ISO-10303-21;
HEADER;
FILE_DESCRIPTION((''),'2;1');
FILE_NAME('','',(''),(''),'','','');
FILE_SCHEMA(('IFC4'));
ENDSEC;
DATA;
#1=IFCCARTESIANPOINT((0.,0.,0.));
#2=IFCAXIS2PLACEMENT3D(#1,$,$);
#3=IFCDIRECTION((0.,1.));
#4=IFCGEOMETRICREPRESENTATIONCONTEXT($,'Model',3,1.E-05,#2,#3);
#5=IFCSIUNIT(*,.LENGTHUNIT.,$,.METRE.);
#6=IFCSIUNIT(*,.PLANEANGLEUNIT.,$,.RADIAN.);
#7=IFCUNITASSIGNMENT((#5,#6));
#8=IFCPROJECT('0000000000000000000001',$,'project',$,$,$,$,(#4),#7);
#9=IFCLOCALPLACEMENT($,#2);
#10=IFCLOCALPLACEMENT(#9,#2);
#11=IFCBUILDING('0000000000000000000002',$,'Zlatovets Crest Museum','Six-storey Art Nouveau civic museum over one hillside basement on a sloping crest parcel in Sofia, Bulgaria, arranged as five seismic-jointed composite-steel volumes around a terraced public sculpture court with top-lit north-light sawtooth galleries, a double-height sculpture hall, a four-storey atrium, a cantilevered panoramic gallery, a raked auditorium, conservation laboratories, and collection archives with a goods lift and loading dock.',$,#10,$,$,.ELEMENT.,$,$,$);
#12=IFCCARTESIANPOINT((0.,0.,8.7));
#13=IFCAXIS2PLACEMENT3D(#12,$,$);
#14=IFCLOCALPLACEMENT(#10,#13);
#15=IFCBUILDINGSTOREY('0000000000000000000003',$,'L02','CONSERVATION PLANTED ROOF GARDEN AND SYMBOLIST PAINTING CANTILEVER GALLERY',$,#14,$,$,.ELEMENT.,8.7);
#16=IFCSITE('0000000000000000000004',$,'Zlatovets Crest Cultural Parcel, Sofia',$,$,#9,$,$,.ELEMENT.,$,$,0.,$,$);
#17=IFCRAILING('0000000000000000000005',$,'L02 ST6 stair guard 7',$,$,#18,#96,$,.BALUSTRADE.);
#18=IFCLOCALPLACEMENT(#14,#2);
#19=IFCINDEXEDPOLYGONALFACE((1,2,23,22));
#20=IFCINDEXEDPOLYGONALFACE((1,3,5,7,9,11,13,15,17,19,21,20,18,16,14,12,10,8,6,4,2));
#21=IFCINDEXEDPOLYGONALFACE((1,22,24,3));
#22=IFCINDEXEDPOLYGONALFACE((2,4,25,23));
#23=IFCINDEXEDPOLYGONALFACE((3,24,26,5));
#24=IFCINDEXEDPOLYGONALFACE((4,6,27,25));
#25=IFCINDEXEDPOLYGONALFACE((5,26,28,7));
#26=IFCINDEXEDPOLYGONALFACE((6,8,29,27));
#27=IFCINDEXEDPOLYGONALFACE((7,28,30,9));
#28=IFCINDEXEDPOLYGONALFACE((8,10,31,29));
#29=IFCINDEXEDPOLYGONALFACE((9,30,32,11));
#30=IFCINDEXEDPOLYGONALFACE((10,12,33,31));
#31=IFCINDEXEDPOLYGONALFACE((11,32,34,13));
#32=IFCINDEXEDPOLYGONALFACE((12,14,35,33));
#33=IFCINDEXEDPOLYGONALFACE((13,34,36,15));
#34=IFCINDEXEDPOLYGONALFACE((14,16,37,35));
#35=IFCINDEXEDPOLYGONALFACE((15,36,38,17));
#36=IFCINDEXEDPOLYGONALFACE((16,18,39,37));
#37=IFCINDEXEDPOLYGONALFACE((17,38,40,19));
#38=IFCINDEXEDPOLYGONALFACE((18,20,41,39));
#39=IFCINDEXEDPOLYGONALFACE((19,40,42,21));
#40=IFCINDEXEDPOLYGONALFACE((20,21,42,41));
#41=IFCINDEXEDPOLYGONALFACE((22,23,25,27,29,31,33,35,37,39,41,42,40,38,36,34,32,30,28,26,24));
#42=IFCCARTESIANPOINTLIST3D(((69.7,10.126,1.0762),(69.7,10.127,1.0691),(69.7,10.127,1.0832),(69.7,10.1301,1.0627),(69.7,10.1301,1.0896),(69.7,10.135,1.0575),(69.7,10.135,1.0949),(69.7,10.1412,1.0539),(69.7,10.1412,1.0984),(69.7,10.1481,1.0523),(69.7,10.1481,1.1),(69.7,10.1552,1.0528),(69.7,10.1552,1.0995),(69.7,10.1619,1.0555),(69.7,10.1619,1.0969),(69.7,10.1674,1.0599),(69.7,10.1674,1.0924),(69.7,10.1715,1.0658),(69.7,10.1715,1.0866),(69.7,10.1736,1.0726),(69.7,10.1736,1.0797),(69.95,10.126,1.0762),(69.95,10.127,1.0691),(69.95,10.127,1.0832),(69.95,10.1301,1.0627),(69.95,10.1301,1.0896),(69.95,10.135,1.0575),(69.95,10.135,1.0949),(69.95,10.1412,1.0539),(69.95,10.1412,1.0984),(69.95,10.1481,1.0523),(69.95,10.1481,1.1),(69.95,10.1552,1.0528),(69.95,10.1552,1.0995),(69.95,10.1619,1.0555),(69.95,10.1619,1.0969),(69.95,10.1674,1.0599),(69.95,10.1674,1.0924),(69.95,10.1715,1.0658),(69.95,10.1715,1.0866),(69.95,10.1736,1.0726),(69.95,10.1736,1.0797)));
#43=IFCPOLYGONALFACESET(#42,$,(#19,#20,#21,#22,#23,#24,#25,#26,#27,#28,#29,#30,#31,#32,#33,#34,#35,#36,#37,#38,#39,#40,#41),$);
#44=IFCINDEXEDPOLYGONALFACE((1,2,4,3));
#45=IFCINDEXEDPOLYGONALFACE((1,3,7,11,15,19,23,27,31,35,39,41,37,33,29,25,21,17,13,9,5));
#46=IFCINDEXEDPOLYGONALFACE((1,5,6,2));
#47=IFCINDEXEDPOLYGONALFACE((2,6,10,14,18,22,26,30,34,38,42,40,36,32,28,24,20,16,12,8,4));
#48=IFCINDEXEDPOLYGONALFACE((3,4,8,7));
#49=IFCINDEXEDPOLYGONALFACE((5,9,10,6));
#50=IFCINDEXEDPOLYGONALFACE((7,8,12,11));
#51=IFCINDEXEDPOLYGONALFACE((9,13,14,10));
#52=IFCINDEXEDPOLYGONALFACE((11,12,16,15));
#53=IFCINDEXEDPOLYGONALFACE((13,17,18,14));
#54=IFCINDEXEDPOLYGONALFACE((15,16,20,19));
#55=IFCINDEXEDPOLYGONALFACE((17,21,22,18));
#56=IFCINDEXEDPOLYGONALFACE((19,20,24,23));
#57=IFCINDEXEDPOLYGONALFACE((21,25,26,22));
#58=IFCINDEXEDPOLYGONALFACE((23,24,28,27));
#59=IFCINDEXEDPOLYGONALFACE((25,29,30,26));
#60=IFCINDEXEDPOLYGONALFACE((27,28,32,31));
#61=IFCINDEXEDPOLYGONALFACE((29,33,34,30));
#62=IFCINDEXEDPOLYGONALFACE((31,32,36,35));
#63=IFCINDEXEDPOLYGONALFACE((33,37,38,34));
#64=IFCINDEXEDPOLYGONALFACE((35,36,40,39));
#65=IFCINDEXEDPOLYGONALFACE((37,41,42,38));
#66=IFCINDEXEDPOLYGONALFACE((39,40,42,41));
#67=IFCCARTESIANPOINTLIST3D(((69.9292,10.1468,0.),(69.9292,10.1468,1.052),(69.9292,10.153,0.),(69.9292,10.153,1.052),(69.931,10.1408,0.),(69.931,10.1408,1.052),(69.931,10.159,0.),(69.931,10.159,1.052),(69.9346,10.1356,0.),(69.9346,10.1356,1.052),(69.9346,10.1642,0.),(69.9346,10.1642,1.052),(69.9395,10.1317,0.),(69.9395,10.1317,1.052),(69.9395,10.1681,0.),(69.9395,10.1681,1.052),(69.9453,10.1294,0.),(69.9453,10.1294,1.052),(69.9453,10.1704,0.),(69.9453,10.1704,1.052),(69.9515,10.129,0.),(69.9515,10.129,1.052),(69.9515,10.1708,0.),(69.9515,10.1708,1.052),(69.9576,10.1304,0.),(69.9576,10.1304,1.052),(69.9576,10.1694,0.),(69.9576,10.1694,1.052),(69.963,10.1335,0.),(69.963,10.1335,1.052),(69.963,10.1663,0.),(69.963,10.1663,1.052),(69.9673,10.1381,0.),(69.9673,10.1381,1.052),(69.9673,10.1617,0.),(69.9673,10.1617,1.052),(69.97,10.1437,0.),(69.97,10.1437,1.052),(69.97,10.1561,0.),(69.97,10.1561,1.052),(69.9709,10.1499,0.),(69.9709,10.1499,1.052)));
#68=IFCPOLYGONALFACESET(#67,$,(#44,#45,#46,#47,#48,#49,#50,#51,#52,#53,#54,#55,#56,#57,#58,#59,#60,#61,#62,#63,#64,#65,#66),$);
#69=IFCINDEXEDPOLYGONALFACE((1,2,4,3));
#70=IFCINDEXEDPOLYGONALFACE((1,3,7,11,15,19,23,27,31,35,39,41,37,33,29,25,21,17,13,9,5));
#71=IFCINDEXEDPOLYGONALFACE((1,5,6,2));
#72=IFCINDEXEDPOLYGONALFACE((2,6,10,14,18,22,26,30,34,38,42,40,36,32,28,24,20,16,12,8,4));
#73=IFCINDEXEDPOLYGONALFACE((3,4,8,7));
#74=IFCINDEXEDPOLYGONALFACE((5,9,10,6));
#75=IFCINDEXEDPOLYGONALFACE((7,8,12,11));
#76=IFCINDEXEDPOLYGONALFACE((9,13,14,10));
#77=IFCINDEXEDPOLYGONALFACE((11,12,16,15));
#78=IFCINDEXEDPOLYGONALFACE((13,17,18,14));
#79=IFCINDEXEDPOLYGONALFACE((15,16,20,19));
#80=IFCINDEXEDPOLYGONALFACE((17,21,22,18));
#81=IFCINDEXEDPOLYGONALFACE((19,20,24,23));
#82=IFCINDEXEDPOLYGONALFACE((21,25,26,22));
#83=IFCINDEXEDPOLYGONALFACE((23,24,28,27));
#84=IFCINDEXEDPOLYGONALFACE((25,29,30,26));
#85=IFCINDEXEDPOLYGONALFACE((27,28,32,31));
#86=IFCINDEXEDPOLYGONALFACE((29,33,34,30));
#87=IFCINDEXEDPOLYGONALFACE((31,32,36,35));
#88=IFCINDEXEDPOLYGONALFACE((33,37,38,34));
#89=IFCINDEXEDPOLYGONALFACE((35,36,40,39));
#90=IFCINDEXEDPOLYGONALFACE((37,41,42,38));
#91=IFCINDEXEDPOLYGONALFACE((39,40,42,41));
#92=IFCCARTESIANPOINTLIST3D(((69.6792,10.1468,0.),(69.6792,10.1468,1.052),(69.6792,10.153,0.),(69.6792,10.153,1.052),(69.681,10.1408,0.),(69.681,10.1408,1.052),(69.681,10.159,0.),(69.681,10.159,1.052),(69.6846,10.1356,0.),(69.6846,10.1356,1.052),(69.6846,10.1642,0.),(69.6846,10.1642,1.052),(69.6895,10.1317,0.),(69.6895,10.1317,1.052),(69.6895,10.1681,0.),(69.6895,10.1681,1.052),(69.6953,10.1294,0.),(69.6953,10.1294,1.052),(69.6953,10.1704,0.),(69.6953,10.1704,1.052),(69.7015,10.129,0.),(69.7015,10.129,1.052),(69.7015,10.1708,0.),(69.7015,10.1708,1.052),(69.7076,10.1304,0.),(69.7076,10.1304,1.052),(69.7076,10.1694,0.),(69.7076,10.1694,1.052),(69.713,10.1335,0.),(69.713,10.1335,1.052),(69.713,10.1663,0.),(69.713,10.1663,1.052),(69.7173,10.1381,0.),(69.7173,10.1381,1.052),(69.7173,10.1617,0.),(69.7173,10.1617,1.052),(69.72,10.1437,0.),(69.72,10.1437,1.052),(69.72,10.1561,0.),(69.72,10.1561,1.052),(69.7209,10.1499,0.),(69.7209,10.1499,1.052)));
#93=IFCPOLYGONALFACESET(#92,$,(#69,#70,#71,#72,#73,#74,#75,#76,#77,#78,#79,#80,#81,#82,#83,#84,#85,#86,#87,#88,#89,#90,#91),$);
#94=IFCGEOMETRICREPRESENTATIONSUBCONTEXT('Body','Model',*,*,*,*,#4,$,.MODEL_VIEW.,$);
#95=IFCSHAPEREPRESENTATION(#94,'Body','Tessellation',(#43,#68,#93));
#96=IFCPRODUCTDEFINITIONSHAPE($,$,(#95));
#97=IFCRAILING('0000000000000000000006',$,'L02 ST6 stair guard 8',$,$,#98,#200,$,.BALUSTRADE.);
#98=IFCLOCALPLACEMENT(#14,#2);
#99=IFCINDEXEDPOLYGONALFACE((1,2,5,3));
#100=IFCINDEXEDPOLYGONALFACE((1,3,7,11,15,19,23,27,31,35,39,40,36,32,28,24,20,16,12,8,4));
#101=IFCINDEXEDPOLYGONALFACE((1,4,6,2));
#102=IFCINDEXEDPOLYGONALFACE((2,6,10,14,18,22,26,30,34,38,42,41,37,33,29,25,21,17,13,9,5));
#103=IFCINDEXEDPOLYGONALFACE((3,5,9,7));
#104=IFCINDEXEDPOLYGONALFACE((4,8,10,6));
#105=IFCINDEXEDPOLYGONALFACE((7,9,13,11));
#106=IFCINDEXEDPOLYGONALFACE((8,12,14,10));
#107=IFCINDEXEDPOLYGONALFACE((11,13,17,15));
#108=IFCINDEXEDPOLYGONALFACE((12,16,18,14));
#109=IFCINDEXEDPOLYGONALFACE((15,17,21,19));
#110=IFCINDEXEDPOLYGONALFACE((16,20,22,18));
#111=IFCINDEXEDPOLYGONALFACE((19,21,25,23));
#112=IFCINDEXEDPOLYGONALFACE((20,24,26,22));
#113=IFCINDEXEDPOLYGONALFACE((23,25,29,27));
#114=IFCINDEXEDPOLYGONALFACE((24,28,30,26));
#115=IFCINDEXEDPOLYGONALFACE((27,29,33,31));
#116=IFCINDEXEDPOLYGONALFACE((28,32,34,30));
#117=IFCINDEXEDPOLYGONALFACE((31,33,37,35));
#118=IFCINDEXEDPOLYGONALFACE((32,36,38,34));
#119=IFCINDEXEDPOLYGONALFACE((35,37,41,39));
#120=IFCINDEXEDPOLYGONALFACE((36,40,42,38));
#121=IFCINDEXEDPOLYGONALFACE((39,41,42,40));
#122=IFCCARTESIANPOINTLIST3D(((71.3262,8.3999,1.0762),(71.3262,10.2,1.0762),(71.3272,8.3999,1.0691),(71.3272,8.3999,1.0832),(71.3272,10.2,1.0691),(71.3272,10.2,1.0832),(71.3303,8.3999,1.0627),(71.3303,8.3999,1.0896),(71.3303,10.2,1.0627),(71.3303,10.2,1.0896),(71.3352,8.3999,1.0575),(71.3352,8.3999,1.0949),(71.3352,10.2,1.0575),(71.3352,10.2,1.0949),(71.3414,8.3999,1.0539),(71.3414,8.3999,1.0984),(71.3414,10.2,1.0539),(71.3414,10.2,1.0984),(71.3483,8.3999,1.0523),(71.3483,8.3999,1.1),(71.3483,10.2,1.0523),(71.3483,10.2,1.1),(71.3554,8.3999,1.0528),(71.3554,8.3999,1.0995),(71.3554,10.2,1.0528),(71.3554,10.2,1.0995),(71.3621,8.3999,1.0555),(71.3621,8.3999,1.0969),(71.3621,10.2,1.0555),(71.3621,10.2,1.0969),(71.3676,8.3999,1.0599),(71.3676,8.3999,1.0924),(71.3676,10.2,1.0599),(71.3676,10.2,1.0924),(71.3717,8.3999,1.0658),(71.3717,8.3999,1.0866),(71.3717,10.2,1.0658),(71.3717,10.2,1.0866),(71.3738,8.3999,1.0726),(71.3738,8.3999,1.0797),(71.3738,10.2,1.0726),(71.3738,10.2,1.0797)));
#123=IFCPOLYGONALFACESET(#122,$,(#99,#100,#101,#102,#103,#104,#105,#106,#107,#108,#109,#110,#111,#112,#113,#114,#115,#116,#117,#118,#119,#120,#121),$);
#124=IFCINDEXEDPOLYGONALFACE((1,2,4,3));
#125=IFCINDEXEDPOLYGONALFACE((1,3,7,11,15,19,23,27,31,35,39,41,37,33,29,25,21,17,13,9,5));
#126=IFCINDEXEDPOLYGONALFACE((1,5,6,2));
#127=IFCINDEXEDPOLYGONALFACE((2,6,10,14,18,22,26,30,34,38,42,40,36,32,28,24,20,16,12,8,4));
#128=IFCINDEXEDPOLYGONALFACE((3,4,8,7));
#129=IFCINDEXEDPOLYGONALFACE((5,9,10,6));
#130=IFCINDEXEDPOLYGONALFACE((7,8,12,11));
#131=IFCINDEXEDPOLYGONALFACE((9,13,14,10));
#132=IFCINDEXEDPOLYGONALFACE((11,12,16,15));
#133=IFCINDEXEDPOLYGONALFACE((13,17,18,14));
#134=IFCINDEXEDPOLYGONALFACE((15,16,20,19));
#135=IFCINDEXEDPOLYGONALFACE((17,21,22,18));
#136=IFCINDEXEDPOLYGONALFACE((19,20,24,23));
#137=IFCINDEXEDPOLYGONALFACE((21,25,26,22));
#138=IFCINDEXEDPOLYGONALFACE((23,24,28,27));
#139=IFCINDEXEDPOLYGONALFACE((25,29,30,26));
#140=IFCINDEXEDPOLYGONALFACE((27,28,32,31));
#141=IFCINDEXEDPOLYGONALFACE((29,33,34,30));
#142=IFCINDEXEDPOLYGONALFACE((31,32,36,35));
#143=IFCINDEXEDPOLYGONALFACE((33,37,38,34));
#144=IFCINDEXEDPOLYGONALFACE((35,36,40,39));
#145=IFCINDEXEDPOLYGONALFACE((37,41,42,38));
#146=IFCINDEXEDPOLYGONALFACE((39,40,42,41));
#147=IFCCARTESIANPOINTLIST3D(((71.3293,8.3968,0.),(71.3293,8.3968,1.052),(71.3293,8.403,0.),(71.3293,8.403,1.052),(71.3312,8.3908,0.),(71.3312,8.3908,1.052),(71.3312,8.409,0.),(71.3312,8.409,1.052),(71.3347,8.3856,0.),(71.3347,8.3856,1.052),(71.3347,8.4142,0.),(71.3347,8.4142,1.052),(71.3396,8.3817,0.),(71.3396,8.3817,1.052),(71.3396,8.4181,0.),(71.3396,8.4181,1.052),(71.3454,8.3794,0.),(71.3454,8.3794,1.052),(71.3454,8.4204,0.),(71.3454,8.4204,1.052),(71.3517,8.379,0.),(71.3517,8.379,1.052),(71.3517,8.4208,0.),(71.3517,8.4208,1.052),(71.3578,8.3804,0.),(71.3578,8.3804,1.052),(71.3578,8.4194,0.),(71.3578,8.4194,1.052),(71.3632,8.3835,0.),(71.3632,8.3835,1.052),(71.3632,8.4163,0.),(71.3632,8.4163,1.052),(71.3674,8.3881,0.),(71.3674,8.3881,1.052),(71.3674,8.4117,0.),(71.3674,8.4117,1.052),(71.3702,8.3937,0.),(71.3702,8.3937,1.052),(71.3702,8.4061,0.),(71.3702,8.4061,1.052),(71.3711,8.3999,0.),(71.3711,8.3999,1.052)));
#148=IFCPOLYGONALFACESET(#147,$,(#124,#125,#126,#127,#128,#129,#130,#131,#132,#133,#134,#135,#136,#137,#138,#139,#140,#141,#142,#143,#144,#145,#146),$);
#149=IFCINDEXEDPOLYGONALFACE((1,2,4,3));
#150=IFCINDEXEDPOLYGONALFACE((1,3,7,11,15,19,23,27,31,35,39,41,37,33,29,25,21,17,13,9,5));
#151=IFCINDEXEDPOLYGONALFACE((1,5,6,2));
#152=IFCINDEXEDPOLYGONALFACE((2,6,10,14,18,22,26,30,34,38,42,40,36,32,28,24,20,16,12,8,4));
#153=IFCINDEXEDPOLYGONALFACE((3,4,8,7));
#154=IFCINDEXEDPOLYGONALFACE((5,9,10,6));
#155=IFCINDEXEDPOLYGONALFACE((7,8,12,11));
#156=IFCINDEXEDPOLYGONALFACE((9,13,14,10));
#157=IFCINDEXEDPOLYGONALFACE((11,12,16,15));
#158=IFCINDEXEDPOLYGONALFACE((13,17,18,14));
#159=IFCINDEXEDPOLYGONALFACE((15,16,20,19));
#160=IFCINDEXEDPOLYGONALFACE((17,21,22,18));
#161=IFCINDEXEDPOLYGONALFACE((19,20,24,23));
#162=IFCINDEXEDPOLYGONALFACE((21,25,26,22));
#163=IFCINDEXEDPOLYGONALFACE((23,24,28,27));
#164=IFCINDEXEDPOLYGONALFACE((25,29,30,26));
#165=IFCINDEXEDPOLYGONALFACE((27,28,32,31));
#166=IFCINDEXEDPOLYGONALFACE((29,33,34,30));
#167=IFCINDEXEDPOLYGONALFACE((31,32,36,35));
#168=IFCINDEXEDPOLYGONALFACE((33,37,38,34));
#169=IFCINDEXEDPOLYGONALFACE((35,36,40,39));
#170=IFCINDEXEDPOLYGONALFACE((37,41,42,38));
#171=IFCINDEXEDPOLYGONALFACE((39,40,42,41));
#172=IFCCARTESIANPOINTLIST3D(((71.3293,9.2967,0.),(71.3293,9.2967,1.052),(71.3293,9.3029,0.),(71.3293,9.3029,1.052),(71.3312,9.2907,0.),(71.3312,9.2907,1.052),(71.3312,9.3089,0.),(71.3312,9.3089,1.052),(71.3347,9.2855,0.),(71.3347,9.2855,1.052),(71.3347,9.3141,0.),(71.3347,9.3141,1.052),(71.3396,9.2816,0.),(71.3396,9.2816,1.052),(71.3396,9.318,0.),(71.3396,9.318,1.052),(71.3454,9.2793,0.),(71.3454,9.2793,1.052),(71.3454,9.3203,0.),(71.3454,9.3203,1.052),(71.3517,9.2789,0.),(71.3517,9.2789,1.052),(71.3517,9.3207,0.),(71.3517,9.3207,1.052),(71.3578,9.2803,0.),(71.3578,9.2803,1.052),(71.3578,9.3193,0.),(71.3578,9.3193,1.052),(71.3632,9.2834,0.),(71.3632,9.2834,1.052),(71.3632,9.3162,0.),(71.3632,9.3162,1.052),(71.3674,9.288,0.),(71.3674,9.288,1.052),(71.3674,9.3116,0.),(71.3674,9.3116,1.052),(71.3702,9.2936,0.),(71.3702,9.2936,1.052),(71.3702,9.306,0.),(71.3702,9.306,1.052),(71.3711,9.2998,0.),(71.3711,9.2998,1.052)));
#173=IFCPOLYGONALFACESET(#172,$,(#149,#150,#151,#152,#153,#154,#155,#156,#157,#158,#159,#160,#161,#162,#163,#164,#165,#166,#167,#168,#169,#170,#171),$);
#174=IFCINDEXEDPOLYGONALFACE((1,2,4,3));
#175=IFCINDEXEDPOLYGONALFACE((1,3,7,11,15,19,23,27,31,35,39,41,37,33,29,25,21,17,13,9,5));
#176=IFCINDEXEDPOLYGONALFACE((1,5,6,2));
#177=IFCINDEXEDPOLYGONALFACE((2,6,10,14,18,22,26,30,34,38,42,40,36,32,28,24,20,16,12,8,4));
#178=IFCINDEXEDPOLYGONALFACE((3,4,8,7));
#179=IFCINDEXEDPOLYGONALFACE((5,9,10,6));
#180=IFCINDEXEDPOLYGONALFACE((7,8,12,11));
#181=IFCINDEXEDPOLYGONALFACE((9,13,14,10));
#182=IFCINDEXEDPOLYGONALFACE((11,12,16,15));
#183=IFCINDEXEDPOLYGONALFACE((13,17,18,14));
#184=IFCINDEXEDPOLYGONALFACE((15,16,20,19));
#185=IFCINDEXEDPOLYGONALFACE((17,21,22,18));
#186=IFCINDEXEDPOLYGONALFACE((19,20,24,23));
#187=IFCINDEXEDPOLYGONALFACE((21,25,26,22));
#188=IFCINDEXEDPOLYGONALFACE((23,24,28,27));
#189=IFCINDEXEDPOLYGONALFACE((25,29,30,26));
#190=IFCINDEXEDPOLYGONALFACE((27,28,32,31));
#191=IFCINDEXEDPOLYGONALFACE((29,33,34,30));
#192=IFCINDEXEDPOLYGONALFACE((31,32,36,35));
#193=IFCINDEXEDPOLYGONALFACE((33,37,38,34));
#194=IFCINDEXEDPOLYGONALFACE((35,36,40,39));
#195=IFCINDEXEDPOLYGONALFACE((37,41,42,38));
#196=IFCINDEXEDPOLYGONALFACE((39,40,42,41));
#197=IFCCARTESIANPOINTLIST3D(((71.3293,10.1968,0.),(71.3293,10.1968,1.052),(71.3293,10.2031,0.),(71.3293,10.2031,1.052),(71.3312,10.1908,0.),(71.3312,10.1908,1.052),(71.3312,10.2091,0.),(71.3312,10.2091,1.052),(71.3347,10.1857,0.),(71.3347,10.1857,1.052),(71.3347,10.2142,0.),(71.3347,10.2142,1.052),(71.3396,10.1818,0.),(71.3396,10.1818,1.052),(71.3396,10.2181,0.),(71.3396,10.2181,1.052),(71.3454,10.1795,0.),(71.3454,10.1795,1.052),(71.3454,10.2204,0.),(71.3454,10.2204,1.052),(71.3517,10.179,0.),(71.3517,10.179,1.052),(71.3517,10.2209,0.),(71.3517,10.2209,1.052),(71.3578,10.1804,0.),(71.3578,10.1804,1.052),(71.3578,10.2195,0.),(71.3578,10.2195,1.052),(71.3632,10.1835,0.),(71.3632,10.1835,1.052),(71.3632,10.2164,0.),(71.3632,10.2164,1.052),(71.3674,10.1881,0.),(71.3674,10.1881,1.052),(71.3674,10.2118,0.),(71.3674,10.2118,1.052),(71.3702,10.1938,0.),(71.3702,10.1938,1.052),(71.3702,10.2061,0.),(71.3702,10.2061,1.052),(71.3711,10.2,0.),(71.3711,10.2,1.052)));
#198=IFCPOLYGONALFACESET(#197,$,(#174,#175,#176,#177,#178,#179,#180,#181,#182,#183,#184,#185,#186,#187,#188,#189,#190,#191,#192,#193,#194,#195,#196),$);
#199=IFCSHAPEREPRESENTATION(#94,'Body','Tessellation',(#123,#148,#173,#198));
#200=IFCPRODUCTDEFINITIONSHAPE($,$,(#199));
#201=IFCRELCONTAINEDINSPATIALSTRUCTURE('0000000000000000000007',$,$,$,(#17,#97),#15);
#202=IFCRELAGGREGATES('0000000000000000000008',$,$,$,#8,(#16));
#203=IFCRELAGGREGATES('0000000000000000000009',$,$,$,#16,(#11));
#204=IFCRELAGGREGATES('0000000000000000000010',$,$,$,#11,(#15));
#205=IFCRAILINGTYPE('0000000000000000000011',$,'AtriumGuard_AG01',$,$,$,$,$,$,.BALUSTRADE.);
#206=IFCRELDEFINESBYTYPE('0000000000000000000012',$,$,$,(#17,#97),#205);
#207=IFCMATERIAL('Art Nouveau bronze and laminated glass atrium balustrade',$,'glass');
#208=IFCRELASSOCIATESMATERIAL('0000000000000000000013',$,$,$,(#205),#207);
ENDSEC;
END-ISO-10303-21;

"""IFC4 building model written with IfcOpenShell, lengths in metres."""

from ifc_helpers import new_model, si_unit, direction, frame, origin, origin_2d, place, context, subcontext, project, spatial, circle, extrude, material, type_object, element, save


model = new_model("IFC4")

# Units and contexts
model_context = context("Model", 3, precision=1e-05, world=origin(), true_north=direction((0.0, 1.0)))
body_context = subcontext(model_context, "Body", "Model", "MODEL_VIEW")
ifc_project = project(units=[si_unit("LENGTHUNIT", "METRE"), si_unit("PLANEANGLEUNIT", "RADIAN")], contexts=[model_context])

# Site, building, storey
site_placement = place(None, origin())
site = spatial("IfcSite", under=ifc_project, at=site_placement, Name="Zlatovets Crest Cultural Parcel, Sofia", CompositionType="ELEMENT", RefElevation=0.0)
building_placement = place(site_placement, origin())
building = spatial("IfcBuilding", under=site, at=building_placement, Name="Zlatovets Crest Museum", Description="Six-storey Art Nouveau civic museum over one hillside basement on a sloping crest parcel in Sofia, Bulgaria, arranged as five seismic-jointed composite-steel volumes around a terraced public sculpture court with top-lit north-light sawtooth galleries, a double-height sculpture hall, a four-storey atrium, a cantilevered panoramic gallery, a raked auditorium, conservation laboratories, and collection archives with a goods lift and loading dock.", CompositionType="ELEMENT")
storey_placement = place(building_placement, frame((0.0, 0.0, 8.7)))
storey = spatial("IfcBuildingStorey", under=building, at=storey_placement, Name="L02", Description="CONSERVATION PLANTED ROOF GARDEN AND SYMBOLIST PAINTING CANTILEVER GALLERY", CompositionType="ELEMENT", Elevation=8.7)

# Railings
ifc_material_1 = material(Name="Art Nouveau bronze and laminated glass atrium balustrade", Category="glass")
railing_type_1 = type_object("IfcRailingType", Name="AtriumGuard_AG01", PredefinedType="BALUSTRADE", material=ifc_material_1)
railing_1_placement = place(storey_placement, frame((69.95, 10.1499, 0.0)))
element("IfcRailing", 1, at=railing_1_placement, inside=storey, type_object=railing_type_1, Name="L02 ST6 stair guard 7", PredefinedType="BALUSTRADE", context=body_context, shape_type="SweptSolid", body=[
    extrude(circle(Radius=0.0239, at=origin_2d()), frame((0.0, 0.0, 1.0762), z_axis=(-1.0, 0.0, 0.0), x_axis=(0.0, -1.0, 0.0)), (0.0, 0.0, 1.0), 0.25),
    extrude(circle(Radius=0.021, at=origin_2d()), origin(), (0.0, 0.0, 1.0), 1.052),
    extrude(circle(Radius=0.021, at=origin_2d()), frame((-0.25, 0.0, 0.0)), (0.0, 0.0, 1.0), 1.052),
])
for number, where, name in (
    (2, (71.3501, 8.3999, 0.0), "L02 ST6 stair guard 8"),
):
    element("IfcRailing", number, at=place(storey_placement, frame(where)), inside=storey, type_object=railing_type_1, Name=name, PredefinedType="BALUSTRADE", context=body_context, shape_type="SweptSolid", body=[
        extrude(circle(Radius=0.0239, at=origin_2d()), frame((0.0, 0.0, 1.0762), z_axis=(0.0, 1.0, 0.0), x_axis=(-1.0, 0.0, 0.0)), (0.0, 0.0, 1.0), 1.8),
        extrude(circle(Radius=0.021, at=origin_2d()), origin(), (0.0, 0.0, 1.0), 1.052),
        extrude(circle(Radius=0.021, at=origin_2d()), frame((0.0, 0.8999, 0.0)), (0.0, 0.0, 1.0), 1.052),
        extrude(circle(Radius=0.021, at=origin_2d()), frame((0.0, 1.8, 0.0)), (0.0, 0.0, 1.0), 1.052),
    ])

save(model, "model.ifc")
